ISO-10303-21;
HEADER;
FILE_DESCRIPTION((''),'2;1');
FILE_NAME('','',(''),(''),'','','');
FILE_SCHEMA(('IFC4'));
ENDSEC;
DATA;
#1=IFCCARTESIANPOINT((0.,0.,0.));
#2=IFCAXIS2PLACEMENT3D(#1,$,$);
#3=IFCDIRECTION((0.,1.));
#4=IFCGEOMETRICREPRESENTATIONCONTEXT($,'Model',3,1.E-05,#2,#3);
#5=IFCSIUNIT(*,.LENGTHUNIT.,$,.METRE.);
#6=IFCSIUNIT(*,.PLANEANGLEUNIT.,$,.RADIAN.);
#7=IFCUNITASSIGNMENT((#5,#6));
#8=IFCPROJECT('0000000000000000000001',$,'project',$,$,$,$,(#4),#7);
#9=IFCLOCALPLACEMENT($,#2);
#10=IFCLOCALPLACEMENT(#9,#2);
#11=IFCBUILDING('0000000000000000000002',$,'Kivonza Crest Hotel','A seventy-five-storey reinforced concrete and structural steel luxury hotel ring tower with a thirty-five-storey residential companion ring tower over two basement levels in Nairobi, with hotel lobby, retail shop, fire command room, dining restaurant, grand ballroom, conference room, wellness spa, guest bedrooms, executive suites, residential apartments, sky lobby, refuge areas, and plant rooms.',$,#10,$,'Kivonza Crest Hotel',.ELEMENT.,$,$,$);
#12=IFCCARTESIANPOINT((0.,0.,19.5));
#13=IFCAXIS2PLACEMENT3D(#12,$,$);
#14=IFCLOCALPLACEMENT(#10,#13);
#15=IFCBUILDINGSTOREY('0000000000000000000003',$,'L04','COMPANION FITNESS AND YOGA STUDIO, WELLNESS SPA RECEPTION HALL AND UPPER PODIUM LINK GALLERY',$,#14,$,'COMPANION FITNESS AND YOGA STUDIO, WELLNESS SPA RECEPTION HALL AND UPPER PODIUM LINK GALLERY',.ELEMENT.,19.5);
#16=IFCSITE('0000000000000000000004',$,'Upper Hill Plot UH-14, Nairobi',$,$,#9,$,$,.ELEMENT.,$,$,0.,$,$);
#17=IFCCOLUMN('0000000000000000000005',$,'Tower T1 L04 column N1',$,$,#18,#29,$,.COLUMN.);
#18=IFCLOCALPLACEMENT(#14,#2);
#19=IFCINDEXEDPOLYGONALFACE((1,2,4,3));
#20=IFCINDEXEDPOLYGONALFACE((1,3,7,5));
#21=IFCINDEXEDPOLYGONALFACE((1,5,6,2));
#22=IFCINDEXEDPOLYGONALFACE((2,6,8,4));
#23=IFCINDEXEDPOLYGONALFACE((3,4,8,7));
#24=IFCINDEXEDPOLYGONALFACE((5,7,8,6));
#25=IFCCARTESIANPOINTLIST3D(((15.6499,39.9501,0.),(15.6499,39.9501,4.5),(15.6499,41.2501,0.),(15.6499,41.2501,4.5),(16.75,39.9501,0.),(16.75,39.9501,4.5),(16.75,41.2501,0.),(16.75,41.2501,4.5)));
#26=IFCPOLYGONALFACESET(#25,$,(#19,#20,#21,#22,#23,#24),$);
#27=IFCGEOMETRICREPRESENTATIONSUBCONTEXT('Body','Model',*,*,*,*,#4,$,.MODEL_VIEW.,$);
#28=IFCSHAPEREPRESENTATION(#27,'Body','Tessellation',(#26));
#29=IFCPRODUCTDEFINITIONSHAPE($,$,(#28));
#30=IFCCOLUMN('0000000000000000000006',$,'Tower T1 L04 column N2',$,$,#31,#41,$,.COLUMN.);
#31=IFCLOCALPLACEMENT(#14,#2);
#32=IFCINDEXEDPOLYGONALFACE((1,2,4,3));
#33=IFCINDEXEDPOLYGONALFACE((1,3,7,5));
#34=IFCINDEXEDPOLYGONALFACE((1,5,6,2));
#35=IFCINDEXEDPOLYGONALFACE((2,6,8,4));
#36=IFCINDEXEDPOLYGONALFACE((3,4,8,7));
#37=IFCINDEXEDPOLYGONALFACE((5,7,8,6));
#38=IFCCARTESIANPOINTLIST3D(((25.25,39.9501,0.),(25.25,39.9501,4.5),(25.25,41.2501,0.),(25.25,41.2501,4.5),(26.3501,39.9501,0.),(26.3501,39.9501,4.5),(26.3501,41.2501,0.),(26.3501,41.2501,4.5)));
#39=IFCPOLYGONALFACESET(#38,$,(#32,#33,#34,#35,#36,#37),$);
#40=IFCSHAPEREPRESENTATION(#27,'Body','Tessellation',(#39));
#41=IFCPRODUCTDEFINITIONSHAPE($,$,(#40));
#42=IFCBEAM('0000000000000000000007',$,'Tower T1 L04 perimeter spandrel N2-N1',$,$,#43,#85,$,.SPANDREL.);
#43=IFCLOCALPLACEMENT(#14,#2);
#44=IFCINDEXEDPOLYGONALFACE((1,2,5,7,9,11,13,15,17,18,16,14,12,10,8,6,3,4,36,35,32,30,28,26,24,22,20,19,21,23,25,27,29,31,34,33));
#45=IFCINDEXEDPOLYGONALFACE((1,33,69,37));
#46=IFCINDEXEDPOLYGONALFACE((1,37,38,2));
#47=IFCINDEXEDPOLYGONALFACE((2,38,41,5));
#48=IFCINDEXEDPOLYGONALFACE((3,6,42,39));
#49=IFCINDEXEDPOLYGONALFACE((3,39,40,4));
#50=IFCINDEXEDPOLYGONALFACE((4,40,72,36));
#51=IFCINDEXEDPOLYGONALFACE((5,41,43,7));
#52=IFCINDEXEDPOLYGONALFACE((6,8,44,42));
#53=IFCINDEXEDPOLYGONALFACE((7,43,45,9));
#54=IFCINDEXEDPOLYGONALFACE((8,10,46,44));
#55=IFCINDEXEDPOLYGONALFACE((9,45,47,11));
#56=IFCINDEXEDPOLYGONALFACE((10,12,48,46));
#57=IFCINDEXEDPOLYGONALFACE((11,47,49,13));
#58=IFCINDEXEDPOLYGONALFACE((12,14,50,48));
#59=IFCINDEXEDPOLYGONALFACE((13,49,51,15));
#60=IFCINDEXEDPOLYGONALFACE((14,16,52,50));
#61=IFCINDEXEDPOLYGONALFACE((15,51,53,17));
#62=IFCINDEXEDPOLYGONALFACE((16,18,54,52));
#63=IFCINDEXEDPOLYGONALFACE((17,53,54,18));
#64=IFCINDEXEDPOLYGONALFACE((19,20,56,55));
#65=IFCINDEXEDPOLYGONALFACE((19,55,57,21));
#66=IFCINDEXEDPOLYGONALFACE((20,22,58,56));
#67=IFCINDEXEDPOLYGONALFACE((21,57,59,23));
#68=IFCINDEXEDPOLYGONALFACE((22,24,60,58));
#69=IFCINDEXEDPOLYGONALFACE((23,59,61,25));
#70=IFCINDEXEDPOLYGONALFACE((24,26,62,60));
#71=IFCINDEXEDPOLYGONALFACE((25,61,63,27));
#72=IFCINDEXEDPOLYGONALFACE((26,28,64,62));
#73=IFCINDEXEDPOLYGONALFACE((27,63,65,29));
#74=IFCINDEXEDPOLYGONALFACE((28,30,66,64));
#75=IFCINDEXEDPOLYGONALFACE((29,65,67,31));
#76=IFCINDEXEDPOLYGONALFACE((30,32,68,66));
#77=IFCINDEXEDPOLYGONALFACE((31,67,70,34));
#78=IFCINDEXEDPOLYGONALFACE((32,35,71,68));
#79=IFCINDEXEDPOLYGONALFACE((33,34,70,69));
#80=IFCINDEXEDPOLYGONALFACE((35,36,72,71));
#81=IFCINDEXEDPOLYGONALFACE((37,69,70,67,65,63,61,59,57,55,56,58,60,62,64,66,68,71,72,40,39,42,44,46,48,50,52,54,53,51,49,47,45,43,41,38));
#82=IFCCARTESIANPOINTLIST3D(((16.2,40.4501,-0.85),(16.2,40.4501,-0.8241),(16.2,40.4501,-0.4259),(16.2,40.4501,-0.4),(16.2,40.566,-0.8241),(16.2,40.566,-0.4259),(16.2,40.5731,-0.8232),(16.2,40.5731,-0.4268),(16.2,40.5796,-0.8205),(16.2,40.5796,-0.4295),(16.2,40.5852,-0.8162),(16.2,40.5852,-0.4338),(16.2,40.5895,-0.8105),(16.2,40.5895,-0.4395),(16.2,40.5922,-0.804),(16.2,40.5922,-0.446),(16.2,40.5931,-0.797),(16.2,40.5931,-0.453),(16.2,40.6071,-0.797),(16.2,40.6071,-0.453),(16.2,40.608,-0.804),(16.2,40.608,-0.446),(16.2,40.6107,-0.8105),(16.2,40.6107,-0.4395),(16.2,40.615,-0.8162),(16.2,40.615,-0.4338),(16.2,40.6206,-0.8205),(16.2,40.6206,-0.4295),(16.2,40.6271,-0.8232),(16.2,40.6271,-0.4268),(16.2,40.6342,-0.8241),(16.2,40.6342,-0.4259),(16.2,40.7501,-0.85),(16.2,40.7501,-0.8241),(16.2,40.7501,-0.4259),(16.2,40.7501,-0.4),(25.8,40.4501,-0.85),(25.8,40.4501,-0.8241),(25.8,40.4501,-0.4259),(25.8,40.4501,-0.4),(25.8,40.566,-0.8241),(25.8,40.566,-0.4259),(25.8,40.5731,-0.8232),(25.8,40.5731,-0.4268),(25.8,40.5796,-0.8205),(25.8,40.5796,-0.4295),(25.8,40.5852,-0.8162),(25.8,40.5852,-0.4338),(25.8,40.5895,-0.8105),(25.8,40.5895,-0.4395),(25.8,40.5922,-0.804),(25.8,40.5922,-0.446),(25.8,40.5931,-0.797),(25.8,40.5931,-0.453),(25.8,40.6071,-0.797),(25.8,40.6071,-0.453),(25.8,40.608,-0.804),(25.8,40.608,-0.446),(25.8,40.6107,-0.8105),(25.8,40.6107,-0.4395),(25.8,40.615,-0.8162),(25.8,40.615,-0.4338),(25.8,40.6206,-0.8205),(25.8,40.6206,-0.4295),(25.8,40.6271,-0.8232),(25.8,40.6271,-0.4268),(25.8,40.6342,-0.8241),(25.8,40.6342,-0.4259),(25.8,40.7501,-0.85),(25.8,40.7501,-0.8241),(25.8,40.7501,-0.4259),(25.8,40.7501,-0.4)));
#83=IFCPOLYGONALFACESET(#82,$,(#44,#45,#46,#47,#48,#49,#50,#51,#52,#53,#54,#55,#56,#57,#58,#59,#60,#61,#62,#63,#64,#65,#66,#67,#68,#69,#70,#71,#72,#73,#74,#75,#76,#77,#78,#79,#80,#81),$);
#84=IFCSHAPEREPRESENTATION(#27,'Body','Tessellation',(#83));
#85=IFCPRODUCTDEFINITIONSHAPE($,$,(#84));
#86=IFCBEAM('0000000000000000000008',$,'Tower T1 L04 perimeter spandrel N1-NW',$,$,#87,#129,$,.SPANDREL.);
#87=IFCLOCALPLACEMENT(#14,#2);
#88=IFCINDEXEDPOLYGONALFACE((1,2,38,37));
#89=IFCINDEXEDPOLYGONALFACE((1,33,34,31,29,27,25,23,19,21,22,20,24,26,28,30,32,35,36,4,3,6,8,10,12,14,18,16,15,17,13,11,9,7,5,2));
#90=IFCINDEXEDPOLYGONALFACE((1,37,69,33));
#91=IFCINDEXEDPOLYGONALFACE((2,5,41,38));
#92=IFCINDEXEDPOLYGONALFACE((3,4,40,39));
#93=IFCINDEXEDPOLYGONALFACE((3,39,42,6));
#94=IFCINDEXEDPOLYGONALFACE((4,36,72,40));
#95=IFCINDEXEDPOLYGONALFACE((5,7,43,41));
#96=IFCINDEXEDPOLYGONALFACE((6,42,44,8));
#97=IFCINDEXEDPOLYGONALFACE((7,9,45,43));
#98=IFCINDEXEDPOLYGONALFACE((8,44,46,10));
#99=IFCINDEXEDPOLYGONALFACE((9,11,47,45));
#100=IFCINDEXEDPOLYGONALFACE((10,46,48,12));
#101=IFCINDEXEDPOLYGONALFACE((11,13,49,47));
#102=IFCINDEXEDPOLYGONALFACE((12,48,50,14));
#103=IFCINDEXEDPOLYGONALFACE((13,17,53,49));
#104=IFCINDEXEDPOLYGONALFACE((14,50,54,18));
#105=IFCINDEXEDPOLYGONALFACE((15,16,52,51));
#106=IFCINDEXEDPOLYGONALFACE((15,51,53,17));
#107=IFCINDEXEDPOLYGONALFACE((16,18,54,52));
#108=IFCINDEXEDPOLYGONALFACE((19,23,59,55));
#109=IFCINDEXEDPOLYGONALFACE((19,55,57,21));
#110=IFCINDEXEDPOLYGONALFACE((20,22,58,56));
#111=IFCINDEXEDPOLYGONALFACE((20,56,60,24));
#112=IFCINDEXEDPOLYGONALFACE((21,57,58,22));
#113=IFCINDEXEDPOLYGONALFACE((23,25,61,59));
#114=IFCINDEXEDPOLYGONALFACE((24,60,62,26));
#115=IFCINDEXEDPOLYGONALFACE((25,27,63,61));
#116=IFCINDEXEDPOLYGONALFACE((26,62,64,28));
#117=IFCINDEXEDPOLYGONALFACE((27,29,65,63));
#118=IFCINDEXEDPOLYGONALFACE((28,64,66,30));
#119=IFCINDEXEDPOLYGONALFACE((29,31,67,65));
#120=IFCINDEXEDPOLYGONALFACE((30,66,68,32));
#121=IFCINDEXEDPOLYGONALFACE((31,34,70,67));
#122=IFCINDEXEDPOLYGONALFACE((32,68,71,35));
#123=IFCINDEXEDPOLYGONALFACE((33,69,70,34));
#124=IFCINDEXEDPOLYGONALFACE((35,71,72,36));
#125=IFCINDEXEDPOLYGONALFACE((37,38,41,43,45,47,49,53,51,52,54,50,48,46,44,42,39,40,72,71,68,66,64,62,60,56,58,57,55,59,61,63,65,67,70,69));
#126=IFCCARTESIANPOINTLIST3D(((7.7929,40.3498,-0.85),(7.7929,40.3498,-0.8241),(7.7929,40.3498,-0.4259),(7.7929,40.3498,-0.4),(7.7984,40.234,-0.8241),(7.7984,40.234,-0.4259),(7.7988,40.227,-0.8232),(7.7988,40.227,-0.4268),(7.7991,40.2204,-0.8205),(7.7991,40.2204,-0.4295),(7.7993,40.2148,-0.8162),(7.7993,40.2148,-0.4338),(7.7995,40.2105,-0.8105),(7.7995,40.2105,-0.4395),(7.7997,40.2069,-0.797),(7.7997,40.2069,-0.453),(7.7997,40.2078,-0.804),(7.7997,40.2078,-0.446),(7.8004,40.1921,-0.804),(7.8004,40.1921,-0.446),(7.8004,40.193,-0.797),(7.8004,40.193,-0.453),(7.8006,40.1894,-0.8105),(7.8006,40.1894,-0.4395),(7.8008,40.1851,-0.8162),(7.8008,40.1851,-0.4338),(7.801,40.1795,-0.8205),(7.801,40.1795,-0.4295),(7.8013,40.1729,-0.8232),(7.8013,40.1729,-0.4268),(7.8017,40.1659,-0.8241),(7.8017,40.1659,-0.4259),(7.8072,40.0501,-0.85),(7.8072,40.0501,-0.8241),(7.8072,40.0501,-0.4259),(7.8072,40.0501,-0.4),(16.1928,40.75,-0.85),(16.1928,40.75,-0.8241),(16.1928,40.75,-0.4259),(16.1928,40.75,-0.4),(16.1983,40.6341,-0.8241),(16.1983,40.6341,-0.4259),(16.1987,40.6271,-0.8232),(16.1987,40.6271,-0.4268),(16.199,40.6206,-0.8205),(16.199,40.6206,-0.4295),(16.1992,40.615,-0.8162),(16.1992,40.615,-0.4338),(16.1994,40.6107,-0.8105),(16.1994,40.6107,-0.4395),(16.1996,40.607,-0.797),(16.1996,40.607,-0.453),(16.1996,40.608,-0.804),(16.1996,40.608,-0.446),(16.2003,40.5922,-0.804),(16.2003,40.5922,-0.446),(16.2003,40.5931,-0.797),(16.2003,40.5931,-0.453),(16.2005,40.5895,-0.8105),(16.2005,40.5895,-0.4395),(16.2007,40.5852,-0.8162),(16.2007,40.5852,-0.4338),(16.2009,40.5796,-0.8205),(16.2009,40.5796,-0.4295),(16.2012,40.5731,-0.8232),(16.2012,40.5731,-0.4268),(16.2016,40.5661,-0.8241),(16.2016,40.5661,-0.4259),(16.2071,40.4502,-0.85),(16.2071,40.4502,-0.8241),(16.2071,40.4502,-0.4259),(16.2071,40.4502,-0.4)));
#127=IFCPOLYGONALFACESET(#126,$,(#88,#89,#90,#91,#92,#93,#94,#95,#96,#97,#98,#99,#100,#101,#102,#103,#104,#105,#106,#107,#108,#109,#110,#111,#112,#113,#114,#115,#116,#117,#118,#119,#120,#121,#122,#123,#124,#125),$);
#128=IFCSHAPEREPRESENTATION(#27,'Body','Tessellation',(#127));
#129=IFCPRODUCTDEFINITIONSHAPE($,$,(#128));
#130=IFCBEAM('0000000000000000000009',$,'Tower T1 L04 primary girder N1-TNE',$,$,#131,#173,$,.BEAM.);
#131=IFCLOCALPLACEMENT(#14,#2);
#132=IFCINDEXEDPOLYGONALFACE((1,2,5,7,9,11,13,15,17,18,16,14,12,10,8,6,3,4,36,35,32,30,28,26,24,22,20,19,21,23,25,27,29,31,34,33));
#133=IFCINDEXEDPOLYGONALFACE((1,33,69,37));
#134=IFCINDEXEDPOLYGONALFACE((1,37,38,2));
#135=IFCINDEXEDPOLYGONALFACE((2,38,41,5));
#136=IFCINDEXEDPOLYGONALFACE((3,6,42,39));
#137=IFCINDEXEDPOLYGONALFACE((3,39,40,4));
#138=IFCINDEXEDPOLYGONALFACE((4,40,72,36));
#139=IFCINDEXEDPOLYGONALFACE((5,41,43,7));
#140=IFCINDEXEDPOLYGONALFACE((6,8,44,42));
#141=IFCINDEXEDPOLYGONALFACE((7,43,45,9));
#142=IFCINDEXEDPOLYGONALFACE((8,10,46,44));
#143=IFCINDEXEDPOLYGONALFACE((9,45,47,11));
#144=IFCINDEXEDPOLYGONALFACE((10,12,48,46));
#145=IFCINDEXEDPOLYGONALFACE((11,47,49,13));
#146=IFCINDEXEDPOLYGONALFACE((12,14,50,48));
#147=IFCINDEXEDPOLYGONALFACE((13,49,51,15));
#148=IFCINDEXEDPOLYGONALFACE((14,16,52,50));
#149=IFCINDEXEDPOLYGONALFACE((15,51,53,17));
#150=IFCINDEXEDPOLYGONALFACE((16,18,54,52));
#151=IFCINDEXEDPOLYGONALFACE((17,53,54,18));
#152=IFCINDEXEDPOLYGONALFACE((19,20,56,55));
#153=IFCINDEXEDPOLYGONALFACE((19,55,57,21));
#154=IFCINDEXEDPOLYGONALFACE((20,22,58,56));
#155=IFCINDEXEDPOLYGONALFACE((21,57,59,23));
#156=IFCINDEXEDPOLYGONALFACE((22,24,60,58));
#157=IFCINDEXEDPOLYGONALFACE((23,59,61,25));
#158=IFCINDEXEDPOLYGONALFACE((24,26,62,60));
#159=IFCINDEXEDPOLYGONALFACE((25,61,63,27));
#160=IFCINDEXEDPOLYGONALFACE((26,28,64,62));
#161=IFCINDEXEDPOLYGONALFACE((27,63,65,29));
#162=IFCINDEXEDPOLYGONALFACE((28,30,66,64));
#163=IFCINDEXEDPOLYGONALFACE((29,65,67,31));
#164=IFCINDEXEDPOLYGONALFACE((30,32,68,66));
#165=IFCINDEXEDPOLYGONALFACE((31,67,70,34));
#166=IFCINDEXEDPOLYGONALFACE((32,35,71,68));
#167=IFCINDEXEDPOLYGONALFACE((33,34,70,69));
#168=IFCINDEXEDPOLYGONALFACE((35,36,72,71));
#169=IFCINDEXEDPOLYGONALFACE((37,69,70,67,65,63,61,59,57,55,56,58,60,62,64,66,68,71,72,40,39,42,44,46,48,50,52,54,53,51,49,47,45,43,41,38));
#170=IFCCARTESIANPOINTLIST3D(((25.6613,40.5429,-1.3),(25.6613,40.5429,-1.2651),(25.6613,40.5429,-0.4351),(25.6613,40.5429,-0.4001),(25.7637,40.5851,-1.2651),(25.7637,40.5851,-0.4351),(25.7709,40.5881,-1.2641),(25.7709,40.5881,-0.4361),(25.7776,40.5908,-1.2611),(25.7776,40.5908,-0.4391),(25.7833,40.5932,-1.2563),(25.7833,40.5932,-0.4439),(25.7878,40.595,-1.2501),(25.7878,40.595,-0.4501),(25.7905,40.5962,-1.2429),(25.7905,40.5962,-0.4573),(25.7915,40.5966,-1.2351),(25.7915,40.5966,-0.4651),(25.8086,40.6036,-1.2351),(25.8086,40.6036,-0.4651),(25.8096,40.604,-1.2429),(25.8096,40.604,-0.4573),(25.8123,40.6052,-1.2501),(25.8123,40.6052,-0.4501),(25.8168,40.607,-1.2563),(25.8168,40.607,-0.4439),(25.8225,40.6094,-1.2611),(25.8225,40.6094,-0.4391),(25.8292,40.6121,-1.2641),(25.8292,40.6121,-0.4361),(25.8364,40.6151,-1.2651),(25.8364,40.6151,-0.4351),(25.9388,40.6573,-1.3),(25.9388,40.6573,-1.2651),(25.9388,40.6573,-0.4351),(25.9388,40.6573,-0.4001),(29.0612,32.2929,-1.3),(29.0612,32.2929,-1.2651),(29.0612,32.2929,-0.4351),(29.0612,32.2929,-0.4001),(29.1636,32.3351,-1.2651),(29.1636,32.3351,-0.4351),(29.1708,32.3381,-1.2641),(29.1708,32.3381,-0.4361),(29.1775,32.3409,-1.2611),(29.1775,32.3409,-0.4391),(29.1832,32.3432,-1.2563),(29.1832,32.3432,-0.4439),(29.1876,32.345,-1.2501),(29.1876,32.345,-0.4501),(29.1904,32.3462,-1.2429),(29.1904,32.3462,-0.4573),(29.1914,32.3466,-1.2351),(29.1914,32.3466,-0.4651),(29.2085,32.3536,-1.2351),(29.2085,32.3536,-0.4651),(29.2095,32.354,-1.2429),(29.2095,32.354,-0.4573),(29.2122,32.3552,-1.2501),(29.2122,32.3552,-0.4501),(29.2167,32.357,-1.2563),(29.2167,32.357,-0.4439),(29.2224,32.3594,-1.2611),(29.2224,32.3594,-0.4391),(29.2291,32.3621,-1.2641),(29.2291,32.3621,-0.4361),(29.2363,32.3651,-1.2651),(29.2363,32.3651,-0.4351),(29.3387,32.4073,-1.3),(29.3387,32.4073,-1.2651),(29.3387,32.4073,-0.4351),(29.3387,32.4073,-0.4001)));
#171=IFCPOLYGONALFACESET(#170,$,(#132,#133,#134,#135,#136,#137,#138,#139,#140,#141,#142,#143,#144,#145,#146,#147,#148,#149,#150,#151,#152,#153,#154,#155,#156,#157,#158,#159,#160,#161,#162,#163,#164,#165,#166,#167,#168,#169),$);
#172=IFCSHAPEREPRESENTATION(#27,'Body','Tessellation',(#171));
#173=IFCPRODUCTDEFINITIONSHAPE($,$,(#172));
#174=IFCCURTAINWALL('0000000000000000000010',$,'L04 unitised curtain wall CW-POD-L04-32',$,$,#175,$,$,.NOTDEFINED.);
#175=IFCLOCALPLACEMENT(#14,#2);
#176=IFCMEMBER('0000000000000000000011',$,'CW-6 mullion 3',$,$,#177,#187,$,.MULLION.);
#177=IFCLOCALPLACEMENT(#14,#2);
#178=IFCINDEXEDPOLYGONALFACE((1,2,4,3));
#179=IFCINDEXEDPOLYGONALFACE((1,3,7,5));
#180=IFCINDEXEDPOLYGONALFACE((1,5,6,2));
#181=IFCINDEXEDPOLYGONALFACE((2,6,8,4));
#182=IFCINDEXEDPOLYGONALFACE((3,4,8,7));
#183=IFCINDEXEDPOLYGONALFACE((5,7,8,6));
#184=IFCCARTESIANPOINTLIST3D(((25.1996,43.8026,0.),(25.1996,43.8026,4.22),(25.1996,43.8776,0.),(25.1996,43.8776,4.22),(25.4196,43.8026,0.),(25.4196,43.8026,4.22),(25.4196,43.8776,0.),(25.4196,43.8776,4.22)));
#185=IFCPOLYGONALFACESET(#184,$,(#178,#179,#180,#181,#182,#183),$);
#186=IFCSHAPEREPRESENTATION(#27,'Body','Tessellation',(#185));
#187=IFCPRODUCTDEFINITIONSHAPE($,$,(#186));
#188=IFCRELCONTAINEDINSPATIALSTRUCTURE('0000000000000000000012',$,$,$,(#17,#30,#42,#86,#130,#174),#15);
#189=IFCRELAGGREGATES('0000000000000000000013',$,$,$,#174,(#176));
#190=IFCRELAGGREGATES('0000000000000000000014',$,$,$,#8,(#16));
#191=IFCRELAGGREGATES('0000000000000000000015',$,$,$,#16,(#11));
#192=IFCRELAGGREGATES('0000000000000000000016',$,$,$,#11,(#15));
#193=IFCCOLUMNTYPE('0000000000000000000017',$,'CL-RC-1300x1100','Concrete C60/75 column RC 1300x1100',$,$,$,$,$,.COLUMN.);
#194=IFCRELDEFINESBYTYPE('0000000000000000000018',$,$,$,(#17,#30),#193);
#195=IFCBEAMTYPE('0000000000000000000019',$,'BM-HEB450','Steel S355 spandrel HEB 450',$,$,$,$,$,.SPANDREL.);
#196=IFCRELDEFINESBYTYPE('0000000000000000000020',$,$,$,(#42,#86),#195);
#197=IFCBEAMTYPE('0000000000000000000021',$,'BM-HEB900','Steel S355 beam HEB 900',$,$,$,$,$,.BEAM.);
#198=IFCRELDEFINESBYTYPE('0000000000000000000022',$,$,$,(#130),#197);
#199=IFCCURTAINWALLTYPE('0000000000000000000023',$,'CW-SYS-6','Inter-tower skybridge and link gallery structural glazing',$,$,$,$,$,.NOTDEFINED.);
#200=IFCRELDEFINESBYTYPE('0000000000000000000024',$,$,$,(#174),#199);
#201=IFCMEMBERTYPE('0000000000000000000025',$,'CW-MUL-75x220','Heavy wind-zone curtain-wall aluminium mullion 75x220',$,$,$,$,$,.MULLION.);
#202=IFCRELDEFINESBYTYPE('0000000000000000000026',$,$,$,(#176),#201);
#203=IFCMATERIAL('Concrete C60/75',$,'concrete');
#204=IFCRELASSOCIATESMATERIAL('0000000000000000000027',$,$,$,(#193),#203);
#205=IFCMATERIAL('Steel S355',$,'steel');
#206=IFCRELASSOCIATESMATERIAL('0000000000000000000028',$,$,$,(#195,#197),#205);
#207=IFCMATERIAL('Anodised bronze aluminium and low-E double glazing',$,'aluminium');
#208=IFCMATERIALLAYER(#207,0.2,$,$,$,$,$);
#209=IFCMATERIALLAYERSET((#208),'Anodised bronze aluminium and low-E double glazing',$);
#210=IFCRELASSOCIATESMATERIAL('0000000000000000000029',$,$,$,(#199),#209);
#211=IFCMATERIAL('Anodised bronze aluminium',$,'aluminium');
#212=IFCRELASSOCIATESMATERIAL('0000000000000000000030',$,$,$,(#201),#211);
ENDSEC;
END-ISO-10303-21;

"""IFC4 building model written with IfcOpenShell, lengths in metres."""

from ifc_helpers import new_model, si_unit, direction, frame, origin, origin_2d, place, context, subcontext, project, spatial, rectangle, i_section, extrude, material, layer, layer_set, material_profile, profile_set, type_object, element, aggregate, save


model = new_model("IFC4")

# Units and contexts
model_context = context("Model", 3, precision=1e-05, world=origin(), true_north=direction((0.0, 1.0)))
body_context = subcontext(model_context, "Body", "Model", "MODEL_VIEW")
ifc_project = project(units=[si_unit("LENGTHUNIT", "METRE"), si_unit("PLANEANGLEUNIT", "RADIAN")], contexts=[model_context])

# Site, building, storey
site_placement = place(None, origin())
site = spatial("IfcSite", under=ifc_project, at=site_placement, Name="Upper Hill Plot UH-14, Nairobi", CompositionType="ELEMENT", RefElevation=0.0)
building_placement = place(site_placement, origin())
building = spatial("IfcBuilding", under=site, at=building_placement, Name="Kivonza Crest Hotel", Description="A seventy-five-storey reinforced concrete and structural steel luxury hotel ring tower with a thirty-five-storey residential companion ring tower over two basement levels in Nairobi, with hotel lobby, retail shop, fire command room, dining restaurant, grand ballroom, conference room, wellness spa, guest bedrooms, executive suites, residential apartments, sky lobby, refuge areas, and plant rooms.", LongName="Kivonza Crest Hotel", CompositionType="ELEMENT")
storey_placement = place(building_placement, frame((0.0, 0.0, 19.5)))
storey = spatial("IfcBuildingStorey", under=building, at=storey_placement, Name="L04", Description="COMPANION FITNESS AND YOGA STUDIO, WELLNESS SPA RECEPTION HALL AND UPPER PODIUM LINK GALLERY", LongName="COMPANION FITNESS AND YOGA STUDIO, WELLNESS SPA RECEPTION HALL AND UPPER PODIUM LINK GALLERY", CompositionType="ELEMENT", Elevation=19.5)

# Columns
ifc_material_1 = material(Name="Concrete C60/75", Category="concrete")
ifc_material_profile_1 = material_profile(ifc_material_1, rectangle(XDim=1.1001, YDim=1.3, at=origin_2d()), Name="RC 1300x1100")
ifc_profile_set_1 = profile_set([ifc_material_profile_1], Name="Concrete C60/75")
column_type = type_object("IfcColumnType", Name="CL-RC-1300x1100", Description="Concrete C60/75 column RC 1300x1100", PredefinedType="COLUMN", material=ifc_profile_set_1)
for number, where, z_axis, x_axis, name in (
    (1, (16.2, 40.6001, 0.0), (0.0, 0.0, 1.0), (1.0, 0.0, 0.0), "Tower T1 L04 column N1"),
    (2, (25.8, 40.6001, 0.0), (0.0, 0.0, 1.0), (1.0, 0.0, 0.0), "Tower T1 L04 column N2"),
):
    element("IfcColumn", number, at=place(storey_placement, frame(where, z_axis=z_axis, x_axis=x_axis)), inside=storey, type_object=column_type, Name=name, PredefinedType="COLUMN", context=body_context, shape_type="SweptSolid", body=[
        extrude(rectangle(XDim=1.1001, YDim=1.3, at=origin_2d()), origin(), (0.0, 0.0, 1.0), 4.5),
    ])

# Beams
ifc_material_2 = material(Name="Steel S355", Category="steel")
ifc_material_profile_2 = material_profile(ifc_material_2, i_section(OverallWidth=0.3, OverallDepth=0.45, WebThickness=0.0139, FlangeThickness=0.0259, FilletRadius=0.0271, at=origin_2d()), Name="HEB 450")
ifc_profile_set_2 = profile_set([ifc_material_profile_2], Name="Steel S355")
beam_type_1 = type_object("IfcBeamType", Name="BM-HEB450", Description="Steel S355 spandrel HEB 450", PredefinedType="SPANDREL", material=ifc_profile_set_2)
beam_1_placement = place(storey_placement, frame((25.8, 40.6001, -0.625), z_axis=(-1.0, 0.0, 0.0), x_axis=(0.0, -1.0, 0.0)))
element("IfcBeam", 3, at=beam_1_placement, inside=storey, type_object=beam_type_1, Name="Tower T1 L04 perimeter spandrel N2-N1", PredefinedType="SPANDREL", context=body_context, shape_type="SweptSolid", body=[
    extrude(i_section(OverallWidth=0.3, OverallDepth=0.45, WebThickness=0.0139, FlangeThickness=0.0259, FilletRadius=0.0271, at=origin_2d()), origin(), (0.0, 0.0, 1.0), 9.6001),
])
beam_2_placement = place(storey_placement, frame((16.2, 40.6001, -0.625), z_axis=(-0.998867, -0.047583, 0.0), x_axis=(0.047583, -0.998867, 0.0)))
element("IfcBeam", 4, at=beam_2_placement, inside=storey, type_object=beam_type_1, Name="Tower T1 L04 perimeter spandrel N1-NW", PredefinedType="SPANDREL", context=body_context, shape_type="SweptSolid", body=[
    extrude(i_section(OverallWidth=0.3, OverallDepth=0.45, WebThickness=0.0139, FlangeThickness=0.0259, FilletRadius=0.0271, at=origin_2d()), origin(), (0.0, 0.0, 1.0), 8.4094),
])
ifc_material_profile_3 = material_profile(ifc_material_2, i_section(OverallWidth=0.3, OverallDepth=0.8999, WebThickness=0.0186, FlangeThickness=0.0349, FilletRadius=0.03, at=origin_2d()), Name="HEB 900")
ifc_profile_set_3 = profile_set([ifc_material_profile_3], Name="Steel S355")
beam_type_2 = type_object("IfcBeamType", Name="BM-HEB900", Description="Steel S355 beam HEB 900", PredefinedType="BEAM", material=ifc_profile_set_3)
beam_3_placement = place(storey_placement, frame((25.8, 40.6001, -0.8501), z_axis=(0.381022, -0.924566, 0.0), x_axis=(0.924566, 0.381022, 0.0)))
element("IfcBeam", 5, at=beam_3_placement, inside=storey, type_object=beam_type_2, Name="Tower T1 L04 primary girder N1-TNE", PredefinedType="BEAM", context=body_context, shape_type="SweptSolid", body=[
    extrude(i_section(OverallWidth=0.3, OverallDepth=0.8999, WebThickness=0.0186, FlangeThickness=0.0349, FilletRadius=0.03, at=origin_2d()), origin(), (0.0, 0.0, 1.0), 8.9231),
])

# Curtain wall, member
ifc_material_3 = material(Name="Anodised bronze aluminium and low-E double glazing", Category="aluminium")
ifc_layer_1 = layer(ifc_material_3, 0.2)
ifc_layer_set_1 = layer_set([ifc_layer_1], Name="Anodised bronze aluminium and low-E double glazing")
curtain_wall_type = type_object("IfcCurtainWallType", Name="CW-SYS-6", Description="Inter-tower skybridge and link gallery structural glazing", PredefinedType="NOTDEFINED", material=ifc_layer_set_1)
curtain_wall_1_placement = place(storey_placement, origin())
curtain_wall_1 = element("IfcCurtainWall", 6, at=curtain_wall_1_placement, inside=storey, type_object=curtain_wall_type, Name="L04 unitised curtain wall CW-POD-L04-32", PredefinedType="NOTDEFINED")
ifc_material_4 = material(Name="Anodised bronze aluminium", Category="aluminium")
ifc_material_profile_4 = material_profile(ifc_material_4, rectangle(XDim=0.075, YDim=0.22, at=origin_2d()), Name="CW-M 75x220")
ifc_profile_set_4 = profile_set([ifc_material_profile_4], Name="Anodised bronze aluminium")
member_type_1 = type_object("IfcMemberType", Name="CW-MUL-75x220", Description="Heavy wind-zone curtain-wall aluminium mullion 75x220", PredefinedType="MULLION", material=ifc_profile_set_4)
member_1_placement = place(storey_placement, frame((25.3096, 43.8401, 0.0), z_axis=(0.0, 0.0, 1.0), x_axis=(0.0, -1.0, 0.0)))
member_1 = element("IfcMember", 7, at=member_1_placement, type_object=member_type_1, Name="CW-6 mullion 3", PredefinedType="MULLION", context=body_context, shape_type="SweptSolid", body=[
    extrude(rectangle(XDim=0.075, YDim=0.22, at=origin_2d()), origin(), (0.0, 0.0, 1.0), 4.22),
])

aggregate(curtain_wall_1, [member_1])

save(model, "model.ifc")
